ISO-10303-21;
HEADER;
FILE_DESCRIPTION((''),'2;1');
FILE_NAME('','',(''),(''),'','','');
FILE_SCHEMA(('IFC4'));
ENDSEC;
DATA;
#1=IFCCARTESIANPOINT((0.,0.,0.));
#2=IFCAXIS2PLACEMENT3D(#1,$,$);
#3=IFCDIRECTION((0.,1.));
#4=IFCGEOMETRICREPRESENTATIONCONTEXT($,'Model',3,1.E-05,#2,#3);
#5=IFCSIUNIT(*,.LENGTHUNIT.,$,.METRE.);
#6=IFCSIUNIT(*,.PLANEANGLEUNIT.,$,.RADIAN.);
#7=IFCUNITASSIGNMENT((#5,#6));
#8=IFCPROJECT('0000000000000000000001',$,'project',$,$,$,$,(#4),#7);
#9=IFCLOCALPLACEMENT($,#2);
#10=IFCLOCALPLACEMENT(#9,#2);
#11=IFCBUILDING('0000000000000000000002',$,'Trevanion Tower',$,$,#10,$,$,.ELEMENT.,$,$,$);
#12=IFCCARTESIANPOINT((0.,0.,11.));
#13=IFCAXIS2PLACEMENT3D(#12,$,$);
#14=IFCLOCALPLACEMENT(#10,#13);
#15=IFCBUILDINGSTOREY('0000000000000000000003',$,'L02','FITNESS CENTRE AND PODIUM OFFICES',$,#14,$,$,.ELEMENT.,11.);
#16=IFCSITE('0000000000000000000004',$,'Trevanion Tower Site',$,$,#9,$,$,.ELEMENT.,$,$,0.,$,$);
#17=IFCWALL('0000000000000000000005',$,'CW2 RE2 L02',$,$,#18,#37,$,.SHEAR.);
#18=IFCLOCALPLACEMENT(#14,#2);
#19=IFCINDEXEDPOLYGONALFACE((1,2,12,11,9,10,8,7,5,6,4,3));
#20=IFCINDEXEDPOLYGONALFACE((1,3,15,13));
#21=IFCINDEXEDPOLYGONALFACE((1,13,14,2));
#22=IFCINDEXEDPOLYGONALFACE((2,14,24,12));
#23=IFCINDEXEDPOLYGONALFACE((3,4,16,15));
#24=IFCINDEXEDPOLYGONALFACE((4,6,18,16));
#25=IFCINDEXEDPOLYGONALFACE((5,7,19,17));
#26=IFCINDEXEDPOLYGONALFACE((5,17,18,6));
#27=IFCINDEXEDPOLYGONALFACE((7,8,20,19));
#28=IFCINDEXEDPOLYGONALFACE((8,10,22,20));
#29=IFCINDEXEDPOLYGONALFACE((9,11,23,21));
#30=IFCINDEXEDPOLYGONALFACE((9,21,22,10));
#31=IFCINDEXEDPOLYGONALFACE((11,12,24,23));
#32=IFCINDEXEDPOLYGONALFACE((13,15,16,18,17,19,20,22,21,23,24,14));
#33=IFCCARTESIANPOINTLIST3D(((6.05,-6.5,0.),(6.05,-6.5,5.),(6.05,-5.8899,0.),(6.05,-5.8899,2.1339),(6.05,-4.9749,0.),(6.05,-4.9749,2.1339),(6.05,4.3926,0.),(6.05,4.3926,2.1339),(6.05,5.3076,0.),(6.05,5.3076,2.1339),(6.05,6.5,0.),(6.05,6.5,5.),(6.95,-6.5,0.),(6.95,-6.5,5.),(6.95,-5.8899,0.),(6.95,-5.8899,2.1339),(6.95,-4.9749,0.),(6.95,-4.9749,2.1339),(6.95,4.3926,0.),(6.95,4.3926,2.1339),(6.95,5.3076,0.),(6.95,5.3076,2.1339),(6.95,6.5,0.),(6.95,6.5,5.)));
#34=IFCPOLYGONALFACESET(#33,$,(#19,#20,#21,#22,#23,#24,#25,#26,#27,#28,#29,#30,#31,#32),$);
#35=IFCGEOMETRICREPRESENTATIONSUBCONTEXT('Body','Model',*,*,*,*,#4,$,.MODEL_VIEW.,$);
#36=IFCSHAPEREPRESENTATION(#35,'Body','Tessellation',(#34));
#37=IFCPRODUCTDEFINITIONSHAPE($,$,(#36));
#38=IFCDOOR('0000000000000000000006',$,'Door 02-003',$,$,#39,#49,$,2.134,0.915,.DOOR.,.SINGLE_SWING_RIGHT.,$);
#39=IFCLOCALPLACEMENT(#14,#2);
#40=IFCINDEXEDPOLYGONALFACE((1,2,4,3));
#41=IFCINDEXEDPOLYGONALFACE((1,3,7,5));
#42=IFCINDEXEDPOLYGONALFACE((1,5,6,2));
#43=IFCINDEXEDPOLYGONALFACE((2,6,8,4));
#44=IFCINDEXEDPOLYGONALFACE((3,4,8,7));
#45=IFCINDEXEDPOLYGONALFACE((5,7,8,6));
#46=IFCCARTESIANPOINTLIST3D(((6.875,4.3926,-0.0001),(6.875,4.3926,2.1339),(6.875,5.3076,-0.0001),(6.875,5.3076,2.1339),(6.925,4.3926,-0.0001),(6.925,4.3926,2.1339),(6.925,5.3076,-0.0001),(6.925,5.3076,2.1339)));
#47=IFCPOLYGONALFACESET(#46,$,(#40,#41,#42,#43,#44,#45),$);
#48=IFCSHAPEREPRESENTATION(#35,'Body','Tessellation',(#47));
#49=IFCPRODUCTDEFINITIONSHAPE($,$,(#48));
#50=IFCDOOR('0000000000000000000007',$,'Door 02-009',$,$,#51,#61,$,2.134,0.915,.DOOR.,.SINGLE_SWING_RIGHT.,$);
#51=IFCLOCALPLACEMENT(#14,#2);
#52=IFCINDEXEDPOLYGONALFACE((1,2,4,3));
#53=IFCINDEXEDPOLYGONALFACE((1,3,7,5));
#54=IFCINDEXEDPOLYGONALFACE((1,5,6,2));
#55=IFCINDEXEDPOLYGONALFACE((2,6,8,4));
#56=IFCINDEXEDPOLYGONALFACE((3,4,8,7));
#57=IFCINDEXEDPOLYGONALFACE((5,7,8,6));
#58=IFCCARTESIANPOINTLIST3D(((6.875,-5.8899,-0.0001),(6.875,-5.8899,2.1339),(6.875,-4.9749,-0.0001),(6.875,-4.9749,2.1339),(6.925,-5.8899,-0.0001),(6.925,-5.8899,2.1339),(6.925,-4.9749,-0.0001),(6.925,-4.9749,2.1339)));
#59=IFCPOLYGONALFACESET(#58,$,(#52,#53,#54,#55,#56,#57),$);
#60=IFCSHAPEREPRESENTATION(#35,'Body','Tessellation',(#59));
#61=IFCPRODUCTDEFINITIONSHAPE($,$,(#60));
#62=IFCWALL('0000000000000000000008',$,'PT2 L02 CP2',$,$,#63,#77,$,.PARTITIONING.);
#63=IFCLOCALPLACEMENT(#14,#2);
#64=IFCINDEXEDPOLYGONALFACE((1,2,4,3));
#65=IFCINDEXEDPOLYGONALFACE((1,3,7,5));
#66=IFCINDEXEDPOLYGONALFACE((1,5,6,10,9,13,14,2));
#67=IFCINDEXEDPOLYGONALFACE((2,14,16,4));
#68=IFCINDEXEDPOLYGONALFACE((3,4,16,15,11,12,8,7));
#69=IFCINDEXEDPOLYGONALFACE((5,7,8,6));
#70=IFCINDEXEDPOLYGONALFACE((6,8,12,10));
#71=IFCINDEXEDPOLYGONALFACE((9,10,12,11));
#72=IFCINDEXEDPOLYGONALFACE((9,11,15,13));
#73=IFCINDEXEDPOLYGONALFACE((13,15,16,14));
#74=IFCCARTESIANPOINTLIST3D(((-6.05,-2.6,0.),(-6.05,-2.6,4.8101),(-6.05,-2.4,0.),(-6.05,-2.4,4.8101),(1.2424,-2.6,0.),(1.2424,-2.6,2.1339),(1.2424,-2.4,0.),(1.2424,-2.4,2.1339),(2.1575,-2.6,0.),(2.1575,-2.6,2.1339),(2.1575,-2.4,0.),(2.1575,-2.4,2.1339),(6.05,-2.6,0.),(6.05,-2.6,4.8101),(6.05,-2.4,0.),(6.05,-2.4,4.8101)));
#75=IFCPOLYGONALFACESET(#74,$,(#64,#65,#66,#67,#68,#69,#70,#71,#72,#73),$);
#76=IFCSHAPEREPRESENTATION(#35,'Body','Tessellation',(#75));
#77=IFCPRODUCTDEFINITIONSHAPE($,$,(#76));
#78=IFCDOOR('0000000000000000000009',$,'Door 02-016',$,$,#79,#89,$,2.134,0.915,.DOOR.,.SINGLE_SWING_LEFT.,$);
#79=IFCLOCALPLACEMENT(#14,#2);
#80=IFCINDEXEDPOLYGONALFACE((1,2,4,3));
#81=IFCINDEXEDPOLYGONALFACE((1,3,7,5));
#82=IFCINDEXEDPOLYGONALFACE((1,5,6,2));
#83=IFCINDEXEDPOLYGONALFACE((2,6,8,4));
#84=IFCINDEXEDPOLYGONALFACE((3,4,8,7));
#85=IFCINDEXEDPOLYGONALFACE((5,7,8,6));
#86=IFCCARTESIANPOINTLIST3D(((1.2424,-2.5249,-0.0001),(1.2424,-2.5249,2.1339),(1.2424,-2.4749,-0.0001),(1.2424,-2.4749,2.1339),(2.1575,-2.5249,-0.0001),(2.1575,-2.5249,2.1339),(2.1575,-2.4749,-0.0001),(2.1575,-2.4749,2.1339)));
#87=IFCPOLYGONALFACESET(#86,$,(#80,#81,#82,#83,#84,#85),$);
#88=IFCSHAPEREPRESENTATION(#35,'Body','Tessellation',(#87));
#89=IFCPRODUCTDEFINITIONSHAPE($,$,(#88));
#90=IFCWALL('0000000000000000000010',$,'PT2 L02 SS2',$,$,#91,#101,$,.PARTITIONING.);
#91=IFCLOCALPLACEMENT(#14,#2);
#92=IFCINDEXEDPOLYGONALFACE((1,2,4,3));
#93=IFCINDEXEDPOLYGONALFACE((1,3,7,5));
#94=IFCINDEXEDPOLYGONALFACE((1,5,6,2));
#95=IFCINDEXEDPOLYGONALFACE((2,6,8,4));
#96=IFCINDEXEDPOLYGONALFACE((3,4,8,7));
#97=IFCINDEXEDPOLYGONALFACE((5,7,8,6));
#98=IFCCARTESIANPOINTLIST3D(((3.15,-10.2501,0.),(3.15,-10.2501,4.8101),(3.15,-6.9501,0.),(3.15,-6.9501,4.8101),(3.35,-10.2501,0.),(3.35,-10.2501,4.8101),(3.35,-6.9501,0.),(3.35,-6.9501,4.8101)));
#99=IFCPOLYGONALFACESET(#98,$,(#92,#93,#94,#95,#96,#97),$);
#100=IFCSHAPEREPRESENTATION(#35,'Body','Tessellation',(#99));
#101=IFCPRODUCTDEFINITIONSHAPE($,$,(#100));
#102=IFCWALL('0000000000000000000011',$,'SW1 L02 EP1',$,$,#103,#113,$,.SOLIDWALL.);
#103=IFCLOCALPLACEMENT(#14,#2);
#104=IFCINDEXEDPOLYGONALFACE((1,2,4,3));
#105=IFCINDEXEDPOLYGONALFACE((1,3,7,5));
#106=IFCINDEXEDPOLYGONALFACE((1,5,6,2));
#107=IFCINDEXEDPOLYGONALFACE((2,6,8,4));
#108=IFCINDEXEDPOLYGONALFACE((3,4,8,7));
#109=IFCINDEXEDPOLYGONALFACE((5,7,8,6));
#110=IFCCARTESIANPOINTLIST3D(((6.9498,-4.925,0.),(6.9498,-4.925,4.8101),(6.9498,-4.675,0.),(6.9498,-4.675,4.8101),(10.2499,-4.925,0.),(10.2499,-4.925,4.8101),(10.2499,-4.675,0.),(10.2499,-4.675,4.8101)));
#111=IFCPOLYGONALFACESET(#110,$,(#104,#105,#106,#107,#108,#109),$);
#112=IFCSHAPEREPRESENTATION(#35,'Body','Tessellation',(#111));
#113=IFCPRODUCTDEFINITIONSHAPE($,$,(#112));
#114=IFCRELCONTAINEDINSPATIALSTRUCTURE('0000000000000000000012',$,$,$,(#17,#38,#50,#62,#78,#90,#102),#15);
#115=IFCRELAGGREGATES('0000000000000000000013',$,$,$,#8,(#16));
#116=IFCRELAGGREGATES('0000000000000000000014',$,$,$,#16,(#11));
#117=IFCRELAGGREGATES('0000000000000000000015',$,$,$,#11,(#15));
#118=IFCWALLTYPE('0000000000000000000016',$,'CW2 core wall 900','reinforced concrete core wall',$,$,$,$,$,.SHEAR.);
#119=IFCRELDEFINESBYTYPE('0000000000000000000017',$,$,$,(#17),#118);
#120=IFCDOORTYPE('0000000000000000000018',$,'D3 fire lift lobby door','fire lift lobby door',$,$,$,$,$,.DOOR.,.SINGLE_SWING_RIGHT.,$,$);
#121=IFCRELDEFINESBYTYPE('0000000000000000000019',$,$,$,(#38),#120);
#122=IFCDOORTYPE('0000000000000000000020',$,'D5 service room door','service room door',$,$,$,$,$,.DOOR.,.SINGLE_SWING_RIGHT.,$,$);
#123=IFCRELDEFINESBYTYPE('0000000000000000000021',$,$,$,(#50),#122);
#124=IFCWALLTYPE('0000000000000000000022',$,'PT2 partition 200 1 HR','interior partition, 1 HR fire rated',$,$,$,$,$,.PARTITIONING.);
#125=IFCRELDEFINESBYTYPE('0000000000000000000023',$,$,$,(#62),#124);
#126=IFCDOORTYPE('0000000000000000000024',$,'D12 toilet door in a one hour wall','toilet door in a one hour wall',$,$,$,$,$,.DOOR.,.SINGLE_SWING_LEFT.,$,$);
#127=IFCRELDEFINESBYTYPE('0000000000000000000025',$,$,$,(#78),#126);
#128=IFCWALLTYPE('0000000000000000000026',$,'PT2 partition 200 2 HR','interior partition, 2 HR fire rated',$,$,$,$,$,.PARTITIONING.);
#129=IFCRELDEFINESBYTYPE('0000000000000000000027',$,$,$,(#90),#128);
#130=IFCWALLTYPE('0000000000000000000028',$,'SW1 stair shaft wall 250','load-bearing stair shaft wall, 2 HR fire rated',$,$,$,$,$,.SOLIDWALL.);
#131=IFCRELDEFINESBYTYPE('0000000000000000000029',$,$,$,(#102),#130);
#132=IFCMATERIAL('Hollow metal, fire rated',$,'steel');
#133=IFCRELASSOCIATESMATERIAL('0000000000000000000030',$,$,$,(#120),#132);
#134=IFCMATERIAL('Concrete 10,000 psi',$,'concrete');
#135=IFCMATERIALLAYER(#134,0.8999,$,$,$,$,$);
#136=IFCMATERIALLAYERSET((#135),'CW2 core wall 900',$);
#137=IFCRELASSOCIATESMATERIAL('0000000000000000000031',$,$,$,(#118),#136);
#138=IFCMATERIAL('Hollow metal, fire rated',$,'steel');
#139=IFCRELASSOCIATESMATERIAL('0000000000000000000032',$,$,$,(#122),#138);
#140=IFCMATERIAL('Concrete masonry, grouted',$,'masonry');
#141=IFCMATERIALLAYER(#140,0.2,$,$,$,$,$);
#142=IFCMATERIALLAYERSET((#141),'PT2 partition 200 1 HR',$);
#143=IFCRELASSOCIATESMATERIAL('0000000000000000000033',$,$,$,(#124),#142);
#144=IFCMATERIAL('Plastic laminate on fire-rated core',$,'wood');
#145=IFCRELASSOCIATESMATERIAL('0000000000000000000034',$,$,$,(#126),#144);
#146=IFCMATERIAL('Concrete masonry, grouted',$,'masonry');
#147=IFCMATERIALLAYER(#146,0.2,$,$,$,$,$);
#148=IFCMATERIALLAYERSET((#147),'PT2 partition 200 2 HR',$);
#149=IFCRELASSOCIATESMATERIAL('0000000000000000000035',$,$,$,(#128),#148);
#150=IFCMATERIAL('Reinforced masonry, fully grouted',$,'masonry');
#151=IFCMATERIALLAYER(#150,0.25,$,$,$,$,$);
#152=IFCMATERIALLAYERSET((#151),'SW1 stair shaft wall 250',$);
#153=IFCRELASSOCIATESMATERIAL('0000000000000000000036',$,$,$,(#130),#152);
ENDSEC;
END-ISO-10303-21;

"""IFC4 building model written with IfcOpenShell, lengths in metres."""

from ifc_helpers import new_model, si_unit, direction, frame, frame_2d, origin, place, context, subcontext, project, spatial, rectangle, extrude, material, layer, layer_set, type_object, element, fill, save


model = new_model("IFC4")

# Units and contexts
model_context = context("Model", 3, precision=1e-05, world=origin(), true_north=direction((0.0, 1.0)))
body_context = subcontext(model_context, "Body", "Model", "MODEL_VIEW")
ifc_project = project(units=[si_unit("LENGTHUNIT", "METRE"), si_unit("PLANEANGLEUNIT", "RADIAN")], contexts=[model_context])

# Site, building, storey
site_placement = place(None, origin())
site = spatial("IfcSite", under=ifc_project, at=site_placement, Name="Trevanion Tower Site", CompositionType="ELEMENT", RefElevation=0.0)
building_placement = place(site_placement, origin())
building = spatial("IfcBuilding", under=site, at=building_placement, Name="Trevanion Tower", CompositionType="ELEMENT")
storey_placement = place(building_placement, frame((0.0, 0.0, 11.0)))
storey = spatial("IfcBuildingStorey", under=building, at=storey_placement, Name="L02", Description="FITNESS CENTRE AND PODIUM OFFICES", CompositionType="ELEMENT", Elevation=11.0)

# Shared definitions
ifc_material_1 = material(Name="Hollow metal, fire rated", Category="steel")
door_type_1 = type_object("IfcDoorType", Name="D3 fire lift lobby door", Description="fire lift lobby door", OperationType="SINGLE_SWING_RIGHT", PredefinedType="DOOR", material=ifc_material_1)

# Shared definitions
ifc_material_2 = material(Name="Concrete 10,000 psi", Category="concrete")
ifc_layer_1 = layer(ifc_material_2, 0.8999)
ifc_layer_set_1 = layer_set([ifc_layer_1], Name="CW2 core wall 900")
wall_type_1 = type_object("IfcWallType", Name="CW2 core wall 900", Description="reinforced concrete core wall", PredefinedType="SHEAR", material=ifc_layer_set_1)

# Wall, openings, doors
wall_1_placement = place(storey_placement, frame((6.5, -6.5, 0.0), z_axis=(0.0, 0.0, 1.0), x_axis=(0.0, 1.0, 0.0)))
wall_1 = element("IfcWall", 1, at=wall_1_placement, inside=storey, type_object=wall_type_1, Name="CW2 RE2 L02", PredefinedType="SHEAR", context=body_context, shape_type="SweptSolid", body=[
    extrude(rectangle(XDim=13.0, YDim=0.8999, at=frame_2d((6.5, 0.0))), origin(), (0.0, 0.0, 1.0), 5.0),
])
opening_1_placement = place(wall_1_placement, frame((10.8926, 0.0, 0.0)))
opening_1 = element("IfcOpeningElement", 2, at=opening_1_placement, cuts=wall_1, PredefinedType="OPENING", context=body_context, shape_type="SweptSolid", body=[
    extrude(rectangle(XDim=0.915, YDim=2.134, at=frame_2d((0.4575, 1.0669))), frame((0.0, 0.46, 0.0), z_axis=(0.0, -1.0, 0.0), x_axis=(1.0, 0.0, 0.0)), (0.0, 0.0, 1.0), 0.9199),
])
opening_2_placement = place(wall_1_placement, frame((0.6101, 0.0, 0.0)))
opening_2 = element("IfcOpeningElement", 3, at=opening_2_placement, cuts=wall_1, PredefinedType="OPENING", context=body_context, shape_type="SweptSolid", body=[
    extrude(rectangle(XDim=0.915, YDim=2.134, at=frame_2d((0.4575, 1.0669))), frame((0.0, 0.46, 0.0), z_axis=(0.0, -1.0, 0.0), x_axis=(1.0, 0.0, 0.0)), (0.0, 0.0, 1.0), 0.9199),
])
door_1_placement = place(opening_1_placement, origin())
door_1 = element("IfcDoor", 4, at=door_1_placement, inside=storey, type_object=door_type_1, Name="Door 02-003", OperationType="SINGLE_SWING_RIGHT", OverallHeight=2.134, OverallWidth=0.915, PredefinedType="DOOR", context=body_context, shape_type="SweptSolid", body=[
    extrude(rectangle(XDim=0.915, YDim=2.134, at=frame_2d((0.4575, 1.0669))), frame((0.0, -0.375, 0.0), z_axis=(0.0, -1.0, 0.0), x_axis=(1.0, 0.0, 0.0)), (0.0, 0.0, 1.0), 0.05),
])
fill(opening_1, door_1)
ifc_material_3 = material(Name="Hollow metal, fire rated", Category="steel")
door_type_2 = type_object("IfcDoorType", Name="D5 service room door", Description="service room door", OperationType="SINGLE_SWING_RIGHT", PredefinedType="DOOR", material=ifc_material_3)
door_2_placement = place(opening_2_placement, origin())
door_2 = element("IfcDoor", 5, at=door_2_placement, inside=storey, type_object=door_type_2, Name="Door 02-009", OperationType="SINGLE_SWING_RIGHT", OverallHeight=2.134, OverallWidth=0.915, PredefinedType="DOOR", context=body_context, shape_type="SweptSolid", body=[
    extrude(rectangle(XDim=0.915, YDim=2.134, at=frame_2d((0.4575, 1.0669))), frame((0.0, -0.375, 0.0), z_axis=(0.0, -1.0, 0.0), x_axis=(1.0, 0.0, 0.0)), (0.0, 0.0, 1.0), 0.05),
])
fill(opening_2, door_2)

# Wall, opening, door
ifc_material_4 = material(Name="Concrete masonry, grouted", Category="masonry")
ifc_layer_2 = layer(ifc_material_4, 0.2)
ifc_layer_set_2 = layer_set([ifc_layer_2], Name="PT2 partition 200 1 HR")
wall_type_2 = type_object("IfcWallType", Name="PT2 partition 200 1 HR", Description="interior partition, 1 HR fire rated", PredefinedType="PARTITIONING", material=ifc_layer_set_2)
wall_2_placement = place(storey_placement, frame((6.05, -2.5, 0.0), z_axis=(0.0, 0.0, 1.0), x_axis=(-1.0, 0.0, 0.0)))
wall_2 = element("IfcWall", 6, at=wall_2_placement, inside=storey, type_object=wall_type_2, Name="PT2 L02 CP2", PredefinedType="PARTITIONING", context=body_context, shape_type="SweptSolid", body=[
    extrude(rectangle(XDim=12.1001, YDim=0.2, at=frame_2d((6.05, 0.0))), origin(), (0.0, 0.0, 1.0), 4.8101),
])
opening_3_placement = place(wall_2_placement, frame((3.8926, 0.0, 0.0)))
opening_3 = element("IfcOpeningElement", 7, at=opening_3_placement, cuts=wall_2, PredefinedType="OPENING", context=body_context, shape_type="SweptSolid", body=[
    extrude(rectangle(XDim=0.915, YDim=2.134, at=frame_2d((0.4575, 1.0669))), frame((0.0, 0.1099, 0.0), z_axis=(0.0, -1.0, 0.0), x_axis=(1.0, 0.0, 0.0)), (0.0, 0.0, 1.0), 0.22),
])
ifc_material_5 = material(Name="Plastic laminate on fire-rated core", Category="wood")
door_type_3 = type_object("IfcDoorType", Name="D12 toilet door in a one hour wall", Description="toilet door in a one hour wall", OperationType="SINGLE_SWING_LEFT", PredefinedType="DOOR", material=ifc_material_5)
door_3_placement = place(opening_3_placement, origin())
door_3 = element("IfcDoor", 8, at=door_3_placement, inside=storey, type_object=door_type_3, Name="Door 02-016", OperationType="SINGLE_SWING_LEFT", OverallHeight=2.134, OverallWidth=0.915, PredefinedType="DOOR", context=body_context, shape_type="SweptSolid", body=[
    extrude(rectangle(XDim=0.915, YDim=2.134, at=frame_2d((0.4575, 1.0669))), frame((0.0, 0.0249, 0.0), z_axis=(0.0, -1.0, 0.0), x_axis=(1.0, 0.0, 0.0)), (0.0, 0.0, 1.0), 0.05),
])
fill(opening_3, door_3)

# Walls
ifc_material_6 = material(Name="Concrete masonry, grouted", Category="masonry")
ifc_layer_3 = layer(ifc_material_6, 0.2)
ifc_layer_set_3 = layer_set([ifc_layer_3], Name="PT2 partition 200 2 HR")
wall_type_3 = type_object("IfcWallType", Name="PT2 partition 200 2 HR", Description="interior partition, 2 HR fire rated", PredefinedType="PARTITIONING", material=ifc_layer_set_3)
wall_3_placement = place(storey_placement, frame((3.25, -10.25, 0.0), z_axis=(0.0, 0.0, 1.0), x_axis=(0.0, 1.0, 0.0)))
element("IfcWall", 9, at=wall_3_placement, inside=storey, type_object=wall_type_3, Name="PT2 L02 SS2", PredefinedType="PARTITIONING", context=body_context, shape_type="SweptSolid", body=[
    extrude(rectangle(XDim=3.3, YDim=0.2, at=frame_2d((1.6499, 0.0))), origin(), (0.0, 0.0, 1.0), 4.8101),
])
ifc_material_7 = material(Name="Reinforced masonry, fully grouted", Category="masonry")
ifc_layer_4 = layer(ifc_material_7, 0.25)
ifc_layer_set_4 = layer_set([ifc_layer_4], Name="SW1 stair shaft wall 250")
wall_type_4 = type_object("IfcWallType", Name="SW1 stair shaft wall 250", Description="load-bearing stair shaft wall, 2 HR fire rated", PredefinedType="SOLIDWALL", material=ifc_layer_set_4)
wall_4_placement = place(storey_placement, frame((6.95, -4.8, 0.0), z_axis=(0.0, 0.0, 1.0), x_axis=(1.0, 0.0, 0.0)))
element("IfcWall", 10, at=wall_4_placement, inside=storey, type_object=wall_type_4, Name="SW1 L02 EP1", PredefinedType="SOLIDWALL", context=body_context, shape_type="SweptSolid", body=[
    extrude(rectangle(XDim=3.3, YDim=0.25, at=frame_2d((1.6499, 0.0))), origin(), (0.0, 0.0, 1.0), 4.8101),
])

save(model, "model.ifc")
